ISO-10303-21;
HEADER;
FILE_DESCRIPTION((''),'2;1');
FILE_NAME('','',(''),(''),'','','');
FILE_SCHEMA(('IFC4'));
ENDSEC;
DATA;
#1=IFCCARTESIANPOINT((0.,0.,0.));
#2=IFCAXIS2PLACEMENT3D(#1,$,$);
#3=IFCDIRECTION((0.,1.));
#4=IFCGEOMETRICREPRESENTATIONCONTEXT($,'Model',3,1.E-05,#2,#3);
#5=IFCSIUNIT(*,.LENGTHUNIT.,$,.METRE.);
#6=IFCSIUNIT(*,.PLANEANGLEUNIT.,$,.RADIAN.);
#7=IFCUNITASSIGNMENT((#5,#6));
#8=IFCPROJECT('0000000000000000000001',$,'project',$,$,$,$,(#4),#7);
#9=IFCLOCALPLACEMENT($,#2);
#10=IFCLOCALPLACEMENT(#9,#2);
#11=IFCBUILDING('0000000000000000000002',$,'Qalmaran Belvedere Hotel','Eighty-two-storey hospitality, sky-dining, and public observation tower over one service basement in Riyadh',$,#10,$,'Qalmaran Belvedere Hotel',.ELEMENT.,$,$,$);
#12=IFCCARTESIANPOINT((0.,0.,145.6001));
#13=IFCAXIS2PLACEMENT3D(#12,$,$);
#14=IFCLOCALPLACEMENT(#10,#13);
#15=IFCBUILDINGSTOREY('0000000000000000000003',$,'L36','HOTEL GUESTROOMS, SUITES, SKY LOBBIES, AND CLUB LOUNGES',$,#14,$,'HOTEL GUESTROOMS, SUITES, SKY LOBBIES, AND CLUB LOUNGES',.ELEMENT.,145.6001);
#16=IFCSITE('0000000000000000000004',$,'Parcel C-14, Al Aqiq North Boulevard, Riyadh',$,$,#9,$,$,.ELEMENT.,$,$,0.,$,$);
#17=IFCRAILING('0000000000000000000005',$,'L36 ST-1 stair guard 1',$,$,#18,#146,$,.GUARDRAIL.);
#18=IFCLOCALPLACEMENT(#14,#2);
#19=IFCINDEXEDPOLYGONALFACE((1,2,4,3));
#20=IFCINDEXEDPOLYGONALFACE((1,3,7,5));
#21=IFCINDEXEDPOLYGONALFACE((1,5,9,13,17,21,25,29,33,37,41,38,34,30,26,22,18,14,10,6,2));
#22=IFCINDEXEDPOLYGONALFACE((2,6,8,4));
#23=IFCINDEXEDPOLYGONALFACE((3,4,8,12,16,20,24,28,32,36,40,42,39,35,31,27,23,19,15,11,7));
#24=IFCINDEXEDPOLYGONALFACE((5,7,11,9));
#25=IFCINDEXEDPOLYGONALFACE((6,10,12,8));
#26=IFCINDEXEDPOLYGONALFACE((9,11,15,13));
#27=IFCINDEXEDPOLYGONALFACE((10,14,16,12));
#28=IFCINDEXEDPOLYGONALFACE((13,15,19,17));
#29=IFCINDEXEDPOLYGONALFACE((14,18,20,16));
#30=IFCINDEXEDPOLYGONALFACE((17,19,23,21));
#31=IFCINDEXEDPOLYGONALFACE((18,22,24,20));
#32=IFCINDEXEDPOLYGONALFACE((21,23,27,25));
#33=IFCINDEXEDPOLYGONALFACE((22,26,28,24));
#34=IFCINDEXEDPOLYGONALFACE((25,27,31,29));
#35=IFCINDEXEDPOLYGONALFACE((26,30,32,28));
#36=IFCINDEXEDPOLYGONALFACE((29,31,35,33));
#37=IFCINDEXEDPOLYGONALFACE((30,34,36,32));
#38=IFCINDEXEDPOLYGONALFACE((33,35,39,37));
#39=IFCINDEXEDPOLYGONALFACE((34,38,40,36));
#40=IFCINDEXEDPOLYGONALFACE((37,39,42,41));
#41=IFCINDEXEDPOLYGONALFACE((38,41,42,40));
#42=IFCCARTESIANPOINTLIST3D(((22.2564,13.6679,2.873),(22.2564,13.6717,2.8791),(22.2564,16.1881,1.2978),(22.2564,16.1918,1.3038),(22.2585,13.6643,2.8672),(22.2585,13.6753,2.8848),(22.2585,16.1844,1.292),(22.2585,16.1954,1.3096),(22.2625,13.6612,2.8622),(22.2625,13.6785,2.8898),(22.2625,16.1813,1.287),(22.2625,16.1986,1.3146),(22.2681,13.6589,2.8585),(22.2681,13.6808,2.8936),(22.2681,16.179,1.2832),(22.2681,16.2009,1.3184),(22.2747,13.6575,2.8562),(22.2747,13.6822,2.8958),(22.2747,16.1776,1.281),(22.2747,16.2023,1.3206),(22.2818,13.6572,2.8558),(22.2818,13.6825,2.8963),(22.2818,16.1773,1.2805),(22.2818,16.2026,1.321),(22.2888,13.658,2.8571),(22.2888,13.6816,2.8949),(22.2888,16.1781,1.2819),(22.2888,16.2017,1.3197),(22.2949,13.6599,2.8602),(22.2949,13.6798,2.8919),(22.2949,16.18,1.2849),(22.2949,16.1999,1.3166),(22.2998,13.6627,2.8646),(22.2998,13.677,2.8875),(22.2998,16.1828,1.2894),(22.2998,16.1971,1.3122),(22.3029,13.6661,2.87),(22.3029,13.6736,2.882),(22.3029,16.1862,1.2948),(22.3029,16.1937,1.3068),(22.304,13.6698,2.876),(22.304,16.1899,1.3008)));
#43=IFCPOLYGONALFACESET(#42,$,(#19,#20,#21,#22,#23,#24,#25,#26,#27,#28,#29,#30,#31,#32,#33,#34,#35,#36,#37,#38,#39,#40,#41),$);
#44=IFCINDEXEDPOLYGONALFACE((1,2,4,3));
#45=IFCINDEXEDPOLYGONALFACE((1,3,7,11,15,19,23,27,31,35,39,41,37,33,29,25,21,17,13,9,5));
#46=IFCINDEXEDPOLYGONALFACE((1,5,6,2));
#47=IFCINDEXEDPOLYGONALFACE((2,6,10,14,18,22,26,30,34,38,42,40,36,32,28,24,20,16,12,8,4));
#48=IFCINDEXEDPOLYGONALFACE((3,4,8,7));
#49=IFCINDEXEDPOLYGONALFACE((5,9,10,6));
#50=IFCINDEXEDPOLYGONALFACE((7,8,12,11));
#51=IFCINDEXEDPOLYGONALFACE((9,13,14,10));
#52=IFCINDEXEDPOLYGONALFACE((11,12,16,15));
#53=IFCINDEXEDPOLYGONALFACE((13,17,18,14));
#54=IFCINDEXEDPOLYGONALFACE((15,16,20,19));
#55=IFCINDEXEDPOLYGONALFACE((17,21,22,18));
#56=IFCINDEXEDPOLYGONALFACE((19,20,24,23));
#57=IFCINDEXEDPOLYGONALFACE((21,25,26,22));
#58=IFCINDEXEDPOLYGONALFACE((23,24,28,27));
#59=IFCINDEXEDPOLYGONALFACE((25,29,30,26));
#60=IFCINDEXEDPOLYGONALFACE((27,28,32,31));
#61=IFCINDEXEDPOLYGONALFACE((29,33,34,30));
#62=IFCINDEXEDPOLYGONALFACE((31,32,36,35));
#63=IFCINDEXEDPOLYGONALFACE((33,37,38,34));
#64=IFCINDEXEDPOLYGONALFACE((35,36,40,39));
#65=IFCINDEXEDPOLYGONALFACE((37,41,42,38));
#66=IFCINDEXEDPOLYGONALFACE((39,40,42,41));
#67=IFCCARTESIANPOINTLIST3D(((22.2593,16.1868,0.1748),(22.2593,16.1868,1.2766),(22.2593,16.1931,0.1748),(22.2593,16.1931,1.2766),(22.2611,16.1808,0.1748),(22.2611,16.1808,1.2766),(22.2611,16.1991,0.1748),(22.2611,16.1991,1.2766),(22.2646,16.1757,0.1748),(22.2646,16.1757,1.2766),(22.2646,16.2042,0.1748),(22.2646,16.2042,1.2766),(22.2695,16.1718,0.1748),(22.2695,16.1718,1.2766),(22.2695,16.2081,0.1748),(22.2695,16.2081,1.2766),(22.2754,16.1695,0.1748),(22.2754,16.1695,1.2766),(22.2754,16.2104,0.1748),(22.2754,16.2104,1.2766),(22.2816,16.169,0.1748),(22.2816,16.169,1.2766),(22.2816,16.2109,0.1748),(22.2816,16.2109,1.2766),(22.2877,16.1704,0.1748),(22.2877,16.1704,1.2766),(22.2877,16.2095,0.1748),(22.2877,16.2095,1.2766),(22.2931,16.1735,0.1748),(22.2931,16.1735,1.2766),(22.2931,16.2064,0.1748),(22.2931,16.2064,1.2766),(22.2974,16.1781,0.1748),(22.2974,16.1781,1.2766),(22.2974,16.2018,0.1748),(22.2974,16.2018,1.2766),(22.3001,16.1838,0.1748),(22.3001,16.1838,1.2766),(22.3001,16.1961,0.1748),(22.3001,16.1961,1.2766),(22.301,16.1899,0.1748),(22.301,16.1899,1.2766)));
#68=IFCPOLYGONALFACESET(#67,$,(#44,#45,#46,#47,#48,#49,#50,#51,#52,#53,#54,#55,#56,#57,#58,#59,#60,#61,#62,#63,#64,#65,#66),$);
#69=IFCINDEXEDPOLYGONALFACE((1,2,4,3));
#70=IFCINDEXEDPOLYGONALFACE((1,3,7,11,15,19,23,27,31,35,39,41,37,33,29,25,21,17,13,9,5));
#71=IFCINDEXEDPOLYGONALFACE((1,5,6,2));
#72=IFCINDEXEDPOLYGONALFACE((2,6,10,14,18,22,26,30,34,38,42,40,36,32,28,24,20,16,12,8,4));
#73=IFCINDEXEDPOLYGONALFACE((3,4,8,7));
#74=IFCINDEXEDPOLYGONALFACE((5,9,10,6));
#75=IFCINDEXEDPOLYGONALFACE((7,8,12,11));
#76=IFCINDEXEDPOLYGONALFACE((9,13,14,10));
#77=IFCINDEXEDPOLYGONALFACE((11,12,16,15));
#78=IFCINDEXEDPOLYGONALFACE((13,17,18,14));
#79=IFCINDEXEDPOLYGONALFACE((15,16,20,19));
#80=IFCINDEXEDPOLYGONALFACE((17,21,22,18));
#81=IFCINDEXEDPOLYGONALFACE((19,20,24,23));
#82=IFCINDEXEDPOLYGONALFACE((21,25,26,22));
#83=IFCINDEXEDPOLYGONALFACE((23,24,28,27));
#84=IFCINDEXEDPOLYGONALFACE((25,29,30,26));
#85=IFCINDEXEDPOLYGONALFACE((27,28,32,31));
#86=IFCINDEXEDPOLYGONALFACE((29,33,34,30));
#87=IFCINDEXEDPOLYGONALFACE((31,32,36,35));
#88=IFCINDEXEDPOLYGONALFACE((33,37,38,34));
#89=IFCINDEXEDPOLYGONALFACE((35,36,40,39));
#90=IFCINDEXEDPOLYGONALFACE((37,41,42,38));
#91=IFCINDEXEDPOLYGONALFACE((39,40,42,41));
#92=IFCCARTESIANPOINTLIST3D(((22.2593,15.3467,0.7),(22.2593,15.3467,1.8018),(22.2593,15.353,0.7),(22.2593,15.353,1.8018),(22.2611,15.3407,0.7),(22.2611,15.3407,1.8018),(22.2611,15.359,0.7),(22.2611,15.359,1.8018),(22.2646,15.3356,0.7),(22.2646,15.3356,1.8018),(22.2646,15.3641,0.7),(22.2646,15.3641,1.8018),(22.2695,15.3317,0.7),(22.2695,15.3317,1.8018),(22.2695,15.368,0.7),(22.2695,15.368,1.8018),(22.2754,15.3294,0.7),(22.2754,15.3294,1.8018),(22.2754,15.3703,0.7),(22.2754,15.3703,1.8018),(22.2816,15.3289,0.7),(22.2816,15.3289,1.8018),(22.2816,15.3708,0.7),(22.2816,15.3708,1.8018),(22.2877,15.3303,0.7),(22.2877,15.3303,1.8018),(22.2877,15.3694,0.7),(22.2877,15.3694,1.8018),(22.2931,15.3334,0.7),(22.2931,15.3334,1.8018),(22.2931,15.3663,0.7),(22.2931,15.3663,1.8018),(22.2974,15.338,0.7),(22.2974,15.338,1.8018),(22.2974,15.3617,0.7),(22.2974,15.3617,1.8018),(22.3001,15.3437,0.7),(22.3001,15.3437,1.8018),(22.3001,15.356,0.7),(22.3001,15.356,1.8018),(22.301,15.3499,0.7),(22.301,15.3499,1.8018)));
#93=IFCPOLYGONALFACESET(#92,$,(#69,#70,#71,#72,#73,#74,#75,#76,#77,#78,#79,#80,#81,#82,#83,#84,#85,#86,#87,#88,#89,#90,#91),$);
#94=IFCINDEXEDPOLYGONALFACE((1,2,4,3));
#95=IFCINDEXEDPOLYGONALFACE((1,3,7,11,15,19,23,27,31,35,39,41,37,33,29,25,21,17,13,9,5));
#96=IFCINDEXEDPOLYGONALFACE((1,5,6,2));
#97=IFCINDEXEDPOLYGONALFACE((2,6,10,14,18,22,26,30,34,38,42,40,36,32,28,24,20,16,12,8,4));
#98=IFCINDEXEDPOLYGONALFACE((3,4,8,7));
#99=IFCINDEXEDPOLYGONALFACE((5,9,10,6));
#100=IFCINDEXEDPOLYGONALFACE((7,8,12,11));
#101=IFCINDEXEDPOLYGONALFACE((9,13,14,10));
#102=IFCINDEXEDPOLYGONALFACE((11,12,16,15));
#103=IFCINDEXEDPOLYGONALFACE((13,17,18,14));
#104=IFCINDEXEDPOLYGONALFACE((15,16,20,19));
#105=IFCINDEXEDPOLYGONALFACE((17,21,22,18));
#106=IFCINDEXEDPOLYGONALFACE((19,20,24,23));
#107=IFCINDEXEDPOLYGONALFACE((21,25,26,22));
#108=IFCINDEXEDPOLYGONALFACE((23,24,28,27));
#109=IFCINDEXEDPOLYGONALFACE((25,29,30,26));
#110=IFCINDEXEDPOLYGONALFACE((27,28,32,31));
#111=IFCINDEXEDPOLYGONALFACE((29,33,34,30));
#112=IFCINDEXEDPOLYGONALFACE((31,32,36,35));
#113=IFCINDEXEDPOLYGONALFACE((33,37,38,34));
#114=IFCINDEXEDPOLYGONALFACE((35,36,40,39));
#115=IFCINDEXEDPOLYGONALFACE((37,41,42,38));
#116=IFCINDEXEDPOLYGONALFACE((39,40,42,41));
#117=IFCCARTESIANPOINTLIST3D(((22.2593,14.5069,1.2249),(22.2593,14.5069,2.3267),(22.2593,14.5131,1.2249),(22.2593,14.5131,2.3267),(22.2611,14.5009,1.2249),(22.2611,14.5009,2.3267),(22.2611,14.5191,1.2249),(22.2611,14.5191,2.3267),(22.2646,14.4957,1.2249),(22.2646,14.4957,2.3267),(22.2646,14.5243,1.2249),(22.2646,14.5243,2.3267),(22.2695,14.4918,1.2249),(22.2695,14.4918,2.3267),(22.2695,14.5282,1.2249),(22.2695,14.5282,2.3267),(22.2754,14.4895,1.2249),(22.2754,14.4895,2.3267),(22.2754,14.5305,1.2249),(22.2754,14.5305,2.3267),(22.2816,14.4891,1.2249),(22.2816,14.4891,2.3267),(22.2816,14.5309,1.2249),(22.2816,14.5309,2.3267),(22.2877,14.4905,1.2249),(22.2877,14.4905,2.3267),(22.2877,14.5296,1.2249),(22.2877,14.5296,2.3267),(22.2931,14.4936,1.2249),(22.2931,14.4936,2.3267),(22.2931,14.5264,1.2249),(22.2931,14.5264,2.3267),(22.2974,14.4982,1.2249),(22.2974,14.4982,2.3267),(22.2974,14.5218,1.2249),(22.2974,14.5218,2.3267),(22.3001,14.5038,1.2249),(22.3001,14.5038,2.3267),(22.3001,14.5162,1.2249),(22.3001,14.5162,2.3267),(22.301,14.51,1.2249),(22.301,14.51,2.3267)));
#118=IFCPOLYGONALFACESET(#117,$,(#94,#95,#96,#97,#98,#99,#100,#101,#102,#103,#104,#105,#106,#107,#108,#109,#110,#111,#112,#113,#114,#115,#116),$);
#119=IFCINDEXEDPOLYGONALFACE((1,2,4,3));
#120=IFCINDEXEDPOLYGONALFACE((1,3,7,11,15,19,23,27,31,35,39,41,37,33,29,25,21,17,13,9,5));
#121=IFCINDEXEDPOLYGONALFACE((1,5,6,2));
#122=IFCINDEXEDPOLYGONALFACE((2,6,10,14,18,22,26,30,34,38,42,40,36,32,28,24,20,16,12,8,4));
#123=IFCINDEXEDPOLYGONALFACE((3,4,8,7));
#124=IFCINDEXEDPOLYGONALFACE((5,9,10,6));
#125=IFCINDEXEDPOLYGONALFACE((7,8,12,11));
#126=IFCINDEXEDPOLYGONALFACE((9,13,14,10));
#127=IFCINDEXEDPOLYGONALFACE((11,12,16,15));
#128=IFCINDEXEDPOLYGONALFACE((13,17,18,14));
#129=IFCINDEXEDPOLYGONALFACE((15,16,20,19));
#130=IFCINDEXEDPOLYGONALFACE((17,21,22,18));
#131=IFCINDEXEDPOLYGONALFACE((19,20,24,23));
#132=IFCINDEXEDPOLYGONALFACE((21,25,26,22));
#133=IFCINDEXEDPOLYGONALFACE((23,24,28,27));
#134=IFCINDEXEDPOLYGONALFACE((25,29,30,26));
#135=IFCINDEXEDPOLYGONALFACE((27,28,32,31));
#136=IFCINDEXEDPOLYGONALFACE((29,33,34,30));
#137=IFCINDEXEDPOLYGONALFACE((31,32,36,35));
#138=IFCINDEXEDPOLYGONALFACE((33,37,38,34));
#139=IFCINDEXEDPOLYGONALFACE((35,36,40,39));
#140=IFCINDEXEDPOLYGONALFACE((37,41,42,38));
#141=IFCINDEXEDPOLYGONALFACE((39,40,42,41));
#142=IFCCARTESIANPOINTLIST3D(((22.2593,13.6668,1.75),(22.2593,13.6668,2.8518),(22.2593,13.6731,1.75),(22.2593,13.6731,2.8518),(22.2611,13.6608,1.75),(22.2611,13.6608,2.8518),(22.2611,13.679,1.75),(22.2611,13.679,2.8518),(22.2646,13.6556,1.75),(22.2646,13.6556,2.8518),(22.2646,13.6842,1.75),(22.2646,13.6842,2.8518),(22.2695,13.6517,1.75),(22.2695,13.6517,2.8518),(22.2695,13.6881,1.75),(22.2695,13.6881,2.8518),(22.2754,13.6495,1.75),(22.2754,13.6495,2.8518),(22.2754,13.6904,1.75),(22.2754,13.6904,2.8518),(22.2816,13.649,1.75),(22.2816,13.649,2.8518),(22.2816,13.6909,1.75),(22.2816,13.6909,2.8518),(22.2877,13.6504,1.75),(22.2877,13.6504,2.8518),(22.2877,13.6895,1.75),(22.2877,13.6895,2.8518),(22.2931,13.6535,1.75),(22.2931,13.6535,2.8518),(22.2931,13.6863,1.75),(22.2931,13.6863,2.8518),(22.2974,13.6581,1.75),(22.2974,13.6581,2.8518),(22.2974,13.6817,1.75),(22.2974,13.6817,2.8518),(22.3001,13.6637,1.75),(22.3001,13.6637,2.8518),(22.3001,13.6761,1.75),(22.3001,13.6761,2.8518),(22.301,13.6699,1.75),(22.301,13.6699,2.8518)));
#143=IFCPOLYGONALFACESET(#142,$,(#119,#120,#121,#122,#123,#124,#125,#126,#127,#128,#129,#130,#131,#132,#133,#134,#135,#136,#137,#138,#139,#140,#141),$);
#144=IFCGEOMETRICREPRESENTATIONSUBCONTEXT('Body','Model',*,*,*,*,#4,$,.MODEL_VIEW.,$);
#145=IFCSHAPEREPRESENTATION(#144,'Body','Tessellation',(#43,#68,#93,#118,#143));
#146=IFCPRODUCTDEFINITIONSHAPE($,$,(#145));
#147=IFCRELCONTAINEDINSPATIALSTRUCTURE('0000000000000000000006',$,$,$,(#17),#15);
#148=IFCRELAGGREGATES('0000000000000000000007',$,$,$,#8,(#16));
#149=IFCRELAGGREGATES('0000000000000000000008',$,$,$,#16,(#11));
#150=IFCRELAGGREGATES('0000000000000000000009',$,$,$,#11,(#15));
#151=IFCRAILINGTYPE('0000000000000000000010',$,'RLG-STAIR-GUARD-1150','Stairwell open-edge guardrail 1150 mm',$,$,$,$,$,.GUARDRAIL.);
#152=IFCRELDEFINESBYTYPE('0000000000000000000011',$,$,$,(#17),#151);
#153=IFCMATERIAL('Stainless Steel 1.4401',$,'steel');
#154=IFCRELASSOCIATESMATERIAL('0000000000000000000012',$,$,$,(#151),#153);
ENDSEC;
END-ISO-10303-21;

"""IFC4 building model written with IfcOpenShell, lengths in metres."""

from ifc_helpers import new_model, si_unit, direction, frame, origin, origin_2d, place, context, subcontext, project, spatial, circle, extrude, material, type_object, element, save


model = new_model("IFC4")

# Units and contexts
model_context = context("Model", 3, precision=1e-05, world=origin(), true_north=direction((0.0, 1.0)))
body_context = subcontext(model_context, "Body", "Model", "MODEL_VIEW")
ifc_project = project(units=[si_unit("LENGTHUNIT", "METRE"), si_unit("PLANEANGLEUNIT", "RADIAN")], contexts=[model_context])

# Site, building, storey
site_placement = place(None, origin())
site = spatial("IfcSite", under=ifc_project, at=site_placement, Name="Parcel C-14, Al Aqiq North Boulevard, Riyadh", CompositionType="ELEMENT", RefElevation=0.0)
building_placement = place(site_placement, origin())
building = spatial("IfcBuilding", under=site, at=building_placement, Name="Qalmaran Belvedere Hotel", Description="Eighty-two-storey hospitality, sky-dining, and public observation tower over one service basement in Riyadh", LongName="Qalmaran Belvedere Hotel", CompositionType="ELEMENT")
storey_placement = place(building_placement, frame((0.0, 0.0, 145.6001)))
storey = spatial("IfcBuildingStorey", under=building, at=storey_placement, Name="L36", Description="HOTEL GUESTROOMS, SUITES, SKY LOBBIES, AND CLUB LOUNGES", LongName="HOTEL GUESTROOMS, SUITES, SKY LOBBIES, AND CLUB LOUNGES", CompositionType="ELEMENT", Elevation=145.6001)

# Railing
ifc_material_1 = material(Name="Stainless Steel 1.4401", Category="steel")
railing_type_1 = type_object("IfcRailingType", Name="RLG-STAIR-GUARD-1150", Description="Stairwell open-edge guardrail 1150 mm", PredefinedType="GUARDRAIL", material=ifc_material_1)
railing_1_placement = place(storey_placement, frame((22.28, 16.1899, 0.1748)))
element("IfcRailing", 1, at=railing_1_placement, inside=storey, type_object=railing_type_1, Name="L36 ST-1 stair guard 1", PredefinedType="GUARDRAIL", context=body_context, shape_type="SweptSolid", body=[
    extrude(circle(Radius=0.0239, at=origin_2d()), frame((0.0, 0.0, 1.126), z_axis=(0.0, -0.847971, 0.530043), x_axis=(1.0, 0.0, 0.0)), (0.0, 0.0, 1.0), 2.9719),
    extrude(circle(Radius=0.021, at=origin_2d()), origin(), (0.0, 0.0, 1.0), 1.1018),
    extrude(circle(Radius=0.021, at=origin_2d()), frame((0.0, -0.8401, 0.5251)), (0.0, 0.0, 1.0), 1.1018),
    extrude(circle(Radius=0.021, at=origin_2d()), frame((0.0, -1.6799, 1.05)), (0.0, 0.0, 1.0), 1.1018),
    extrude(circle(Radius=0.021, at=origin_2d()), frame((0.0, -2.52, 1.5752)), (0.0, 0.0, 1.0), 1.1018),
])

save(model, "model.ifc")
